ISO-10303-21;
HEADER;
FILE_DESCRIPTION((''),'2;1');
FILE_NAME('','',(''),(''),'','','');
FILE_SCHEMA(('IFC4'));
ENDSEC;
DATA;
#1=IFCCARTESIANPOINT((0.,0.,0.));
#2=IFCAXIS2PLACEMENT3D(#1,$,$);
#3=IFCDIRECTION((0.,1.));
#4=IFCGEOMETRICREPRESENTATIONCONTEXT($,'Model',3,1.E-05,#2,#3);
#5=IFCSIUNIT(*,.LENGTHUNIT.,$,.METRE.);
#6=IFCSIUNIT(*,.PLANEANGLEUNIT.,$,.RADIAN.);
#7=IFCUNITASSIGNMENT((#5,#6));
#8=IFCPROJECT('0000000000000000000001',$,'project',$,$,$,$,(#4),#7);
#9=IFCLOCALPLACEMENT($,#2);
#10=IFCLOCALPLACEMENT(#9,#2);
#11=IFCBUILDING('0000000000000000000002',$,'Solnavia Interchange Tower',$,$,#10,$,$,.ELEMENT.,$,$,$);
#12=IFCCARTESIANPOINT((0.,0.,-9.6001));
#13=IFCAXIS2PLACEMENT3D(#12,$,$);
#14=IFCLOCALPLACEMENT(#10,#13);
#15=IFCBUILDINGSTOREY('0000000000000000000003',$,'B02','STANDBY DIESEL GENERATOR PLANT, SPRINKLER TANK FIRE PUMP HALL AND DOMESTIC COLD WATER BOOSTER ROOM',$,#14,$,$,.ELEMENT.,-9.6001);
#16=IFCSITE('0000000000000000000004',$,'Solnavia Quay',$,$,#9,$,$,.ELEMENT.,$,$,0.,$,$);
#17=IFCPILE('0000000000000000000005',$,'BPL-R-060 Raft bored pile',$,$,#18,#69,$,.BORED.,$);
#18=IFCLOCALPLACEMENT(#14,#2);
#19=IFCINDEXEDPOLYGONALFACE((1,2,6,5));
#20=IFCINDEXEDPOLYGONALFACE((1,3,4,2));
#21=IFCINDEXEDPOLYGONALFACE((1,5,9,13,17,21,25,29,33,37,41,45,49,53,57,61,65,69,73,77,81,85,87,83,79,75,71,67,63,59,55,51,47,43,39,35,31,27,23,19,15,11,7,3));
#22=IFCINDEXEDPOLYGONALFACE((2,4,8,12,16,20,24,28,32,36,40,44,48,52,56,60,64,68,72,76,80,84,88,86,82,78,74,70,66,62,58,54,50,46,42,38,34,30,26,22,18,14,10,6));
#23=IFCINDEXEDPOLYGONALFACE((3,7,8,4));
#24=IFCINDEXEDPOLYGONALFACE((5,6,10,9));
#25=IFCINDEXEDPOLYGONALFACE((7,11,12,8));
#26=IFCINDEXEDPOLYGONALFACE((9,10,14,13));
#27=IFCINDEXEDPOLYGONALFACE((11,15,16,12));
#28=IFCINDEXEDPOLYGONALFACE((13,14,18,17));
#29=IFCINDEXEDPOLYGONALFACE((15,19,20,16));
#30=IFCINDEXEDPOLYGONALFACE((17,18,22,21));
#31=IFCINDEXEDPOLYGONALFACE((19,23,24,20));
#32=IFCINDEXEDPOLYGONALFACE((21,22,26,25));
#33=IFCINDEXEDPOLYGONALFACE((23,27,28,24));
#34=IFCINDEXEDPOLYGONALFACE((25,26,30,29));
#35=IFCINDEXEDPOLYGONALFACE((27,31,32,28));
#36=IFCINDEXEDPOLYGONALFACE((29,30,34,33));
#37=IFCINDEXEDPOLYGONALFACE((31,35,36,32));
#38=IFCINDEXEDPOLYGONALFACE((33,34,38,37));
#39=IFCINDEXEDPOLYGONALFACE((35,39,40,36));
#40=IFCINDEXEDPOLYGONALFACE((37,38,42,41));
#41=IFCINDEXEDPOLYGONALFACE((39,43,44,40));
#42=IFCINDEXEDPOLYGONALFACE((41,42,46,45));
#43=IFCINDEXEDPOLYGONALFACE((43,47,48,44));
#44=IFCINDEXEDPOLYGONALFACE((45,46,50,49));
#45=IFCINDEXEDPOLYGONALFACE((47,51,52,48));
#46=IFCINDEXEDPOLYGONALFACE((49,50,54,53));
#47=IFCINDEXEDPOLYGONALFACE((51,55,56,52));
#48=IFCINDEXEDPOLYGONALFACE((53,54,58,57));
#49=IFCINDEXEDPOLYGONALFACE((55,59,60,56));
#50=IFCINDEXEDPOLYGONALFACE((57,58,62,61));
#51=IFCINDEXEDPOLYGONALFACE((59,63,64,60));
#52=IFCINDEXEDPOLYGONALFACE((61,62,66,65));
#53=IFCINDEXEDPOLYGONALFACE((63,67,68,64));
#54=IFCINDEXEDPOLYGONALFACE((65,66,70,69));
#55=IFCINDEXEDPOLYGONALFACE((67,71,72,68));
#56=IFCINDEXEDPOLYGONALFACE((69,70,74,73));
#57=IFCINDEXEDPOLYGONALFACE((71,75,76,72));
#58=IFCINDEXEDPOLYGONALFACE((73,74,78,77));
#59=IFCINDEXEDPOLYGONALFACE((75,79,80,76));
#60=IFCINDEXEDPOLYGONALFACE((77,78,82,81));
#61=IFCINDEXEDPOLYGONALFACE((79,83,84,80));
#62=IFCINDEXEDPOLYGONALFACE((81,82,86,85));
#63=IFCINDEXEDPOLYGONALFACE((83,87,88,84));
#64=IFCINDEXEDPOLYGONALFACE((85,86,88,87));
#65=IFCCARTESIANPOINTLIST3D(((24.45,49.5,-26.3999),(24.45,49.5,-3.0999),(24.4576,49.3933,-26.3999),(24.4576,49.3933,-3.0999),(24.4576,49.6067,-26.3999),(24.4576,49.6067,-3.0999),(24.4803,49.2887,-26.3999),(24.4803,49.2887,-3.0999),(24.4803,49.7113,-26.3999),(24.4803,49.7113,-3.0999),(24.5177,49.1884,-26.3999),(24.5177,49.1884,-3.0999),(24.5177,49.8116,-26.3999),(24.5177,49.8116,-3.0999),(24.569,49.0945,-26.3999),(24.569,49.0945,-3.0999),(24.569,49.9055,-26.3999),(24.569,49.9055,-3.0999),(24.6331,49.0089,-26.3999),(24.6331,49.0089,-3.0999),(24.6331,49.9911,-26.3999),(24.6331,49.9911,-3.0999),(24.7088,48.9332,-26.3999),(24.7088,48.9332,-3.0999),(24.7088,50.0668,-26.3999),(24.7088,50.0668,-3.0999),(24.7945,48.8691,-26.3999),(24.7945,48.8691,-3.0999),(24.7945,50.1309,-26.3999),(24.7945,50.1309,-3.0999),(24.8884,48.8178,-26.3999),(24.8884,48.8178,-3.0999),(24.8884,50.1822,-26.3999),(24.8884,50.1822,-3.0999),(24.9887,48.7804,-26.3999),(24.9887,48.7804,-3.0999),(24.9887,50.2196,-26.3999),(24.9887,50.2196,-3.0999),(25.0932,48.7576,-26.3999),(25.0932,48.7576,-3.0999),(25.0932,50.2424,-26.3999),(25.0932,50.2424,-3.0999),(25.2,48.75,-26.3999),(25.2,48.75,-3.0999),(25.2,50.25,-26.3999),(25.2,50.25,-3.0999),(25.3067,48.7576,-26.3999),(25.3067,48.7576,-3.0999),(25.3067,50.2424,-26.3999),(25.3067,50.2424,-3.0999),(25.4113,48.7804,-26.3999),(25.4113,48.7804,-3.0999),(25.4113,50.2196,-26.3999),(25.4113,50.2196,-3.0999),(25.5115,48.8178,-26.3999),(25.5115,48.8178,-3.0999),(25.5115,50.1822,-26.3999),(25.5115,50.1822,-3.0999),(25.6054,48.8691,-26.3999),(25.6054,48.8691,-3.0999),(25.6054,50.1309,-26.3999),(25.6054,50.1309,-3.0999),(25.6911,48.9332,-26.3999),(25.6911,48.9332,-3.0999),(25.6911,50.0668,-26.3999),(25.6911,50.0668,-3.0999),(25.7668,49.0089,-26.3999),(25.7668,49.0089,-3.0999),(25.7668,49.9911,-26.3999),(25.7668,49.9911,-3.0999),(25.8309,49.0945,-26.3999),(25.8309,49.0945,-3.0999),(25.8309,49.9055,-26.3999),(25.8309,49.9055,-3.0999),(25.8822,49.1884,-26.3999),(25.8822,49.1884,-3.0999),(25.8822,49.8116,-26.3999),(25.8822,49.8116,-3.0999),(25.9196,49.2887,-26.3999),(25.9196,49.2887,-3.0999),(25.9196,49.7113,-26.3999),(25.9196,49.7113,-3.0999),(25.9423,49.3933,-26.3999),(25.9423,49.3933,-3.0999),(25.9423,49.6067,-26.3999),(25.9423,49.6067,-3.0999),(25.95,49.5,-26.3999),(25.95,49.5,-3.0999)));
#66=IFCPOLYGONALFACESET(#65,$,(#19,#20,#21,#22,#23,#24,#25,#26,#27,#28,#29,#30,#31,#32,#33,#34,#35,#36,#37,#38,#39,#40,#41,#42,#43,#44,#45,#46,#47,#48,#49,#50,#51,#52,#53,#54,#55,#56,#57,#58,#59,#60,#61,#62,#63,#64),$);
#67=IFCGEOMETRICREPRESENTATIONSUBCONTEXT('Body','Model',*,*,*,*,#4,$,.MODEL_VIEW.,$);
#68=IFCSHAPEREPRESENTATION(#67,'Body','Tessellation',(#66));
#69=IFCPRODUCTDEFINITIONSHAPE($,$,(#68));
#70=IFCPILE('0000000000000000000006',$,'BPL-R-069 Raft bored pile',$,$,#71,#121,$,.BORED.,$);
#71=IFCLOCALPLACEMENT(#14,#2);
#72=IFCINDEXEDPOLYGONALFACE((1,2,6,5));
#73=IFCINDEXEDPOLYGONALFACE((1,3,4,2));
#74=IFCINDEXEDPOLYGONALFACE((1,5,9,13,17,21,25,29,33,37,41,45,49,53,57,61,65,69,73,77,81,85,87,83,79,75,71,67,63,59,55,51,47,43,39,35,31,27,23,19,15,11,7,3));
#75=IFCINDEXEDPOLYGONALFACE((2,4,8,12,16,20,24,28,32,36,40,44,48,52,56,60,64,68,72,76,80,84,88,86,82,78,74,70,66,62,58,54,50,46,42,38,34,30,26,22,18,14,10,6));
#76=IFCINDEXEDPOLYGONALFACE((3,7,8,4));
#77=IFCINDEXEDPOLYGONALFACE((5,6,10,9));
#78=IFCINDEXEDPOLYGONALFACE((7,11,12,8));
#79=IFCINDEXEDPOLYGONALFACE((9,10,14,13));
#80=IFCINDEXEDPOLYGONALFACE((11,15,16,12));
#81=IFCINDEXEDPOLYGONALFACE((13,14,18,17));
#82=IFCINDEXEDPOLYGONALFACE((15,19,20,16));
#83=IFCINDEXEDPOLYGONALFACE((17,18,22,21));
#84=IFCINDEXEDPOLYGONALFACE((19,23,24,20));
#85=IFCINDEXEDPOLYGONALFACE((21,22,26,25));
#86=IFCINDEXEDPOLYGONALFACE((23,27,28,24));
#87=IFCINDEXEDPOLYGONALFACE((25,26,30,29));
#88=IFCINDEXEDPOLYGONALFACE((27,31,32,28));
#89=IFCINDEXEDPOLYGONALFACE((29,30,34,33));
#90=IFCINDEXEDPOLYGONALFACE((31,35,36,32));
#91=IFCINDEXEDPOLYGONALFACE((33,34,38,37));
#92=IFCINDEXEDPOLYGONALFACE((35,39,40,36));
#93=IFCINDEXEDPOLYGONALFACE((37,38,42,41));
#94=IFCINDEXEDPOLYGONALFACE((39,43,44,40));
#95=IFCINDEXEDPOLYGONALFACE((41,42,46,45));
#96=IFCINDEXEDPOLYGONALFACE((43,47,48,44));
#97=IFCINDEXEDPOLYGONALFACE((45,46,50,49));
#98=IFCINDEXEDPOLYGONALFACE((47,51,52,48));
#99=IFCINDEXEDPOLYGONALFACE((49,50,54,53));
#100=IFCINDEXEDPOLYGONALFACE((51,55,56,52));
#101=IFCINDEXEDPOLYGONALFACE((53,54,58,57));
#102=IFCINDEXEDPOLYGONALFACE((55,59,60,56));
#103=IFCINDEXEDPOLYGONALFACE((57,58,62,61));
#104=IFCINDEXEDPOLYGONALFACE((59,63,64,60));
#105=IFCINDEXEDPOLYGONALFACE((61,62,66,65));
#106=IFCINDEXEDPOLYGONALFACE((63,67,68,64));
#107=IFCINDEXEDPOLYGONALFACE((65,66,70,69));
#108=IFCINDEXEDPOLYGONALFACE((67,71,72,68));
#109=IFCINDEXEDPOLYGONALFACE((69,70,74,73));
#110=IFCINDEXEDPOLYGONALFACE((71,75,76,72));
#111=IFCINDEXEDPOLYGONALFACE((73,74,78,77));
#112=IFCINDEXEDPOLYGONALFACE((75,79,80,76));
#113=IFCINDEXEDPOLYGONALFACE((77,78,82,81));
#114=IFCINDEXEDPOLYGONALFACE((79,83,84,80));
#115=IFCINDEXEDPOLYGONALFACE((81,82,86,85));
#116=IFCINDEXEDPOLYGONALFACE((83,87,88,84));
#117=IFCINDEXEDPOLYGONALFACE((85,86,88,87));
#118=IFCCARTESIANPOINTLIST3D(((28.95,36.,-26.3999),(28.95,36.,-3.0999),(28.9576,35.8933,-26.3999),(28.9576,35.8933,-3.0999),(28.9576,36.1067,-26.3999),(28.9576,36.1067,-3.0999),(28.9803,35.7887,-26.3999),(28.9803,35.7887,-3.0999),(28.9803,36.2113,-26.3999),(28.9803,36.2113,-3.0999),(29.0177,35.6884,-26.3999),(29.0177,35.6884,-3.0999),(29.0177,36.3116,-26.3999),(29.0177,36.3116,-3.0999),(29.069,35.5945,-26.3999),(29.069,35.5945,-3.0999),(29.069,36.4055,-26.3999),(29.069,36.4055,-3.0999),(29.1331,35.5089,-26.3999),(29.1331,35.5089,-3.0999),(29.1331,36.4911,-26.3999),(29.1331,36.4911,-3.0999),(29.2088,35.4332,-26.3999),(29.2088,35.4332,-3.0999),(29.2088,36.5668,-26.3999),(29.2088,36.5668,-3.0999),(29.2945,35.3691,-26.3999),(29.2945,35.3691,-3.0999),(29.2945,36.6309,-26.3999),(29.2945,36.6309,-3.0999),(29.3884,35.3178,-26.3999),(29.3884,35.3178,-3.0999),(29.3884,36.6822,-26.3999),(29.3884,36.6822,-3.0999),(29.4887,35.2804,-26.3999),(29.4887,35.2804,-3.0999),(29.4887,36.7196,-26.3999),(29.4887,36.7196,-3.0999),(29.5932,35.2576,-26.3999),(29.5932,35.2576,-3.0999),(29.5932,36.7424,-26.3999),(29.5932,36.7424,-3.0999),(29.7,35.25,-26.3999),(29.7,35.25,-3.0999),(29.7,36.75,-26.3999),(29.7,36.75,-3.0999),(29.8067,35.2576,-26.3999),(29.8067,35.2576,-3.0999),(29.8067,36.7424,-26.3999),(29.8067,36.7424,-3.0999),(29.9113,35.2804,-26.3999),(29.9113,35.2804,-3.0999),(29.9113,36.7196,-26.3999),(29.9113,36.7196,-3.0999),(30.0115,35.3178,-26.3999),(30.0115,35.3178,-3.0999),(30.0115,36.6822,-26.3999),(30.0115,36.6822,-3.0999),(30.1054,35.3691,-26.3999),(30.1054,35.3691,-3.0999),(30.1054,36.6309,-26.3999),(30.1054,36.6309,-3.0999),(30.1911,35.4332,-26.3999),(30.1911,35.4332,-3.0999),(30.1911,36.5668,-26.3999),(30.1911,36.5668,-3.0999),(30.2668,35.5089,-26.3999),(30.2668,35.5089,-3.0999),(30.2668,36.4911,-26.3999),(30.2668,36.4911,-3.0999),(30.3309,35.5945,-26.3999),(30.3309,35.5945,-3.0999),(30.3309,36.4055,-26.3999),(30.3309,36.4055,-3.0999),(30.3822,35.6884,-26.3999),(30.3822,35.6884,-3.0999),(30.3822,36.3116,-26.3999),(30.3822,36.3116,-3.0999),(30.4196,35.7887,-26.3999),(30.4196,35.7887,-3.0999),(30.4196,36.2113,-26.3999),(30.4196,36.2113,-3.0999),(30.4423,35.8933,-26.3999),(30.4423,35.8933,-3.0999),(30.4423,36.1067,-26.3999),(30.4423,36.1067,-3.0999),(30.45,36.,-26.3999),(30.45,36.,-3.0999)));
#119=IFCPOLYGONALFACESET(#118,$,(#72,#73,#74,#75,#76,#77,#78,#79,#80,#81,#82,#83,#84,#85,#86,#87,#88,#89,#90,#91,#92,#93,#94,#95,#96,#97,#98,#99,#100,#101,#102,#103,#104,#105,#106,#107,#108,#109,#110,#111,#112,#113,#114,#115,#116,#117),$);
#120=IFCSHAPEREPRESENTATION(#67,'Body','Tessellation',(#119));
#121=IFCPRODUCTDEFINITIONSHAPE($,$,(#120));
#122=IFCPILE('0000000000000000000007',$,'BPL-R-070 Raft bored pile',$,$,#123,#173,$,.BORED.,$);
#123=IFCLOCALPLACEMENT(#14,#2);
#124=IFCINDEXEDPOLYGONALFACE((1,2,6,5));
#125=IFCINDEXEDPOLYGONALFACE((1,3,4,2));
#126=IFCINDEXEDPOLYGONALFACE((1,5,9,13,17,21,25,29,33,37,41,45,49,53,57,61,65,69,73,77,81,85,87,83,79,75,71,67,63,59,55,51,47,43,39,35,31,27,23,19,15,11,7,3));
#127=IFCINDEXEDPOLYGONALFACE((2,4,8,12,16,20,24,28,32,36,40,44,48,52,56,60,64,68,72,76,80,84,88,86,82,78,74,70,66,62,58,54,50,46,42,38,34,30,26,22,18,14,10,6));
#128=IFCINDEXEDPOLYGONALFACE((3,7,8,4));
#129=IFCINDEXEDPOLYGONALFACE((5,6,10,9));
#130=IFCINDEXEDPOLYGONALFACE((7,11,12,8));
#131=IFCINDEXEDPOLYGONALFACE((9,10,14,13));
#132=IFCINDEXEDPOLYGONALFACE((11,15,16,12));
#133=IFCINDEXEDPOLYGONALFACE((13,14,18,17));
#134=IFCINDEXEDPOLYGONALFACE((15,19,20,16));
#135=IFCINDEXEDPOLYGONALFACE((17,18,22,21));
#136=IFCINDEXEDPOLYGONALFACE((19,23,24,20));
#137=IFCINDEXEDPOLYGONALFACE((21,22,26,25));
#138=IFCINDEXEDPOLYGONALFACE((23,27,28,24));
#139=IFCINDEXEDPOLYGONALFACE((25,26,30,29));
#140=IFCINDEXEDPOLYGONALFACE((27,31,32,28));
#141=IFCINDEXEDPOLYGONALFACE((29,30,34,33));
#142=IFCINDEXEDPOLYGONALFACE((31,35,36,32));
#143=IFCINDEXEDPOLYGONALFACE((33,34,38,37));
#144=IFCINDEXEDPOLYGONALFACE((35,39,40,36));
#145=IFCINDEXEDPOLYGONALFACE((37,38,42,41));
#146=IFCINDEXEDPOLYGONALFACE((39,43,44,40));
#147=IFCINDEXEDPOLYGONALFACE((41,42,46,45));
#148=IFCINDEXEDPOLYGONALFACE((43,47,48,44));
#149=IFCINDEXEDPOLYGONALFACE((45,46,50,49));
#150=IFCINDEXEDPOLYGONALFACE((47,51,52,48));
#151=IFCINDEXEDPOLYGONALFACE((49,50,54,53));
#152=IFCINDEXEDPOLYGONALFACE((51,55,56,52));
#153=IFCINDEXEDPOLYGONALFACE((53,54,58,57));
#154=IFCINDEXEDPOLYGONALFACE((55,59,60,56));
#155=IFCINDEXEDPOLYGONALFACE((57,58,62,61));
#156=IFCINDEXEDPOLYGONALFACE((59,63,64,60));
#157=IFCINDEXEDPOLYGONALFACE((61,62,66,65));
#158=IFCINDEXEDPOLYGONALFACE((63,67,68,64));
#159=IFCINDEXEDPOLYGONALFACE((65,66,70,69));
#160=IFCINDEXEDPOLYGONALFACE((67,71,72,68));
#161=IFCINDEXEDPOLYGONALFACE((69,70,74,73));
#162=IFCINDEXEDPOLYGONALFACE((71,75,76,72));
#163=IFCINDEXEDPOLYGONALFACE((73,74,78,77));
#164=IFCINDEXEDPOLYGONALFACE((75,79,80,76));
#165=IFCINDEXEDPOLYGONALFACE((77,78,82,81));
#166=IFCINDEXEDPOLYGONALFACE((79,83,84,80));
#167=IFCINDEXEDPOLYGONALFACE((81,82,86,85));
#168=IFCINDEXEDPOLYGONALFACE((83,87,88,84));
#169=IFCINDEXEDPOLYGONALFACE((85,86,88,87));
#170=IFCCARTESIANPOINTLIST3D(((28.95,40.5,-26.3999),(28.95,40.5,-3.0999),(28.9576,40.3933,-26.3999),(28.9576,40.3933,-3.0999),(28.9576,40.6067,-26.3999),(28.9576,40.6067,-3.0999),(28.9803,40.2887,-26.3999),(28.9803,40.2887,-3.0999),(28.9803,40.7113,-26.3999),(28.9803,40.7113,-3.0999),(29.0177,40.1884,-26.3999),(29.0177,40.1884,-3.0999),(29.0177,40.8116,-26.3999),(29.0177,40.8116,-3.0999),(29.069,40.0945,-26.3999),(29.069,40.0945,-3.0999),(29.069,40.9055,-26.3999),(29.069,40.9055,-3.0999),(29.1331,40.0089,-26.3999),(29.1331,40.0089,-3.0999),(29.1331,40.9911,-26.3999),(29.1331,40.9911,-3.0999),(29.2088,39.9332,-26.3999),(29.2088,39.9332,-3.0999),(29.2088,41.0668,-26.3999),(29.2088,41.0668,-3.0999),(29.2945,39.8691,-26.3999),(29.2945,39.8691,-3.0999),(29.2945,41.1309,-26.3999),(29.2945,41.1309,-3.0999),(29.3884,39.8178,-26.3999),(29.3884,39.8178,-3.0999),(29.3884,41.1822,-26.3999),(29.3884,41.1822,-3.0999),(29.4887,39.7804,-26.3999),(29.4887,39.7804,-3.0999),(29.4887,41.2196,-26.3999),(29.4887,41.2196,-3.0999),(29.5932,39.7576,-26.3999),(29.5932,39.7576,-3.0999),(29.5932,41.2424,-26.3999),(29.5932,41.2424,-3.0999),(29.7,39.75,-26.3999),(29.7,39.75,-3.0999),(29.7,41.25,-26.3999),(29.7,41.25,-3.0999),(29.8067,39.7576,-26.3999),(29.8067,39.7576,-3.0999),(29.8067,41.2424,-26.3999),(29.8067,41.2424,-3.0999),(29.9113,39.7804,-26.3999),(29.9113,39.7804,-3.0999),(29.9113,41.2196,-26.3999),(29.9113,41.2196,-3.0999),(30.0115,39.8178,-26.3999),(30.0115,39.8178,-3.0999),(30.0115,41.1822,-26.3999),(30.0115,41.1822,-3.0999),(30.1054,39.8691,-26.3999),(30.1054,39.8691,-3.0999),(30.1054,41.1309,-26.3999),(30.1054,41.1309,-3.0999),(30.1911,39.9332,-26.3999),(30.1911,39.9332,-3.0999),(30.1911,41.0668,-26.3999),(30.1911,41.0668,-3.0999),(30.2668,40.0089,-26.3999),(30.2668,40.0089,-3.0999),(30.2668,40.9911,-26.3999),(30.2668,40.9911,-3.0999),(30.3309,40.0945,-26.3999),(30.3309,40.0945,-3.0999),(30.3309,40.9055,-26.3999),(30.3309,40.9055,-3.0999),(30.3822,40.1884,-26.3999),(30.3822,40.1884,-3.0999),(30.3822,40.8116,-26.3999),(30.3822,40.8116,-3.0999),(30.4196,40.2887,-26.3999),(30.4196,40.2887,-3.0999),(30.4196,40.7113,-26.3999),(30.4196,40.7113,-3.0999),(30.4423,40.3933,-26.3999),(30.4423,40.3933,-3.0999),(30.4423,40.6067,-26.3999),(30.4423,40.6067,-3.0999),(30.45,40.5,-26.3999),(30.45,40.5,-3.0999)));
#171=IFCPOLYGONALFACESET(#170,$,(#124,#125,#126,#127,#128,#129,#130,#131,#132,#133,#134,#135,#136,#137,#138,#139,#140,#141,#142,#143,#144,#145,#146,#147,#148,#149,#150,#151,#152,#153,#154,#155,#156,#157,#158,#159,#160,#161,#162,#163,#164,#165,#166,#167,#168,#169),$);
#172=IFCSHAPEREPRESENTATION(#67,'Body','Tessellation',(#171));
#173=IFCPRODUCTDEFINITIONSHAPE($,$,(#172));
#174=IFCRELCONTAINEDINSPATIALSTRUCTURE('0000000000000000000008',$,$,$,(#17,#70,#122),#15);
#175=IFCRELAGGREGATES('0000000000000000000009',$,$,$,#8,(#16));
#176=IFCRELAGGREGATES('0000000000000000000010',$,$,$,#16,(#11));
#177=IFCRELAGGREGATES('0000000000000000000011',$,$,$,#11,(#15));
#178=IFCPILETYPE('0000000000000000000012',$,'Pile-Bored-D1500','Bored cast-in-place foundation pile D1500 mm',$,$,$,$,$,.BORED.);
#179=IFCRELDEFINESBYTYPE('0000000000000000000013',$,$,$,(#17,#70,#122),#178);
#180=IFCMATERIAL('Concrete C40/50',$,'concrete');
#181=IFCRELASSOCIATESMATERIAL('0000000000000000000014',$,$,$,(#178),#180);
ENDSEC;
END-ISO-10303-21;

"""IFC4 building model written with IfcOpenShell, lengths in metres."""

from ifc_helpers import new_model, si_unit, direction, frame, origin, origin_2d, place, context, subcontext, project, spatial, circle, extrude, material, material_profile, profile_set, type_object, element, save


model = new_model("IFC4")

# Units and contexts
model_context = context("Model", 3, precision=1e-05, world=origin(), true_north=direction((0.0, 1.0)))
body_context = subcontext(model_context, "Body", "Model", "MODEL_VIEW")
ifc_project = project(units=[si_unit("LENGTHUNIT", "METRE"), si_unit("PLANEANGLEUNIT", "RADIAN")], contexts=[model_context])

# Site, building, storey
site_placement = place(None, origin())
site = spatial("IfcSite", under=ifc_project, at=site_placement, Name="Solnavia Quay", CompositionType="ELEMENT", RefElevation=0.0)
building_placement = place(site_placement, origin())
building = spatial("IfcBuilding", under=site, at=building_placement, Name="Solnavia Interchange Tower", CompositionType="ELEMENT")
storey_placement = place(building_placement, frame((0.0, 0.0, -9.6001)))
storey = spatial("IfcBuildingStorey", under=building, at=storey_placement, Name="B02", Description="STANDBY DIESEL GENERATOR PLANT, SPRINKLER TANK FIRE PUMP HALL AND DOMESTIC COLD WATER BOOSTER ROOM", CompositionType="ELEMENT", Elevation=-9.6001)

# Shared definitions
ifc_material_1 = material(Name="Concrete C40/50", Category="concrete")

# Piles
ifc_material_profile_1 = material_profile(ifc_material_1, circle(Radius=0.75, at=origin_2d()), Name="PILE D1500")
ifc_profile_set_1 = profile_set([ifc_material_profile_1], Name="Concrete C40/50")
pile_type = type_object("IfcPileType", Name="Pile-Bored-D1500", Description="Bored cast-in-place foundation pile D1500 mm", PredefinedType="BORED", material=ifc_profile_set_1)
for number, where, z_axis, x_axis, name in (
    (1, (25.2, 49.5, -3.0999), (0.0, 0.0, -1.0), (1.0, 0.0, 0.0), "BPL-R-060 Raft bored pile"),
    (2, (29.7, 36.0, -3.0999), (0.0, 0.0, -1.0), (1.0, 0.0, 0.0), "BPL-R-069 Raft bored pile"),
    (3, (29.7, 40.5, -3.0999), (0.0, 0.0, -1.0), (1.0, 0.0, 0.0), "BPL-R-070 Raft bored pile"),
):
    element("IfcPile", number, at=place(storey_placement, frame(where, z_axis=z_axis, x_axis=x_axis)), inside=storey, type_object=pile_type, Name=name, PredefinedType="BORED", context=body_context, shape_type="SweptSolid", body=[
        extrude(circle(Radius=0.75, at=origin_2d()), origin(), (0.0, 0.0, 1.0), 23.3),
    ])

save(model, "model.ifc")
